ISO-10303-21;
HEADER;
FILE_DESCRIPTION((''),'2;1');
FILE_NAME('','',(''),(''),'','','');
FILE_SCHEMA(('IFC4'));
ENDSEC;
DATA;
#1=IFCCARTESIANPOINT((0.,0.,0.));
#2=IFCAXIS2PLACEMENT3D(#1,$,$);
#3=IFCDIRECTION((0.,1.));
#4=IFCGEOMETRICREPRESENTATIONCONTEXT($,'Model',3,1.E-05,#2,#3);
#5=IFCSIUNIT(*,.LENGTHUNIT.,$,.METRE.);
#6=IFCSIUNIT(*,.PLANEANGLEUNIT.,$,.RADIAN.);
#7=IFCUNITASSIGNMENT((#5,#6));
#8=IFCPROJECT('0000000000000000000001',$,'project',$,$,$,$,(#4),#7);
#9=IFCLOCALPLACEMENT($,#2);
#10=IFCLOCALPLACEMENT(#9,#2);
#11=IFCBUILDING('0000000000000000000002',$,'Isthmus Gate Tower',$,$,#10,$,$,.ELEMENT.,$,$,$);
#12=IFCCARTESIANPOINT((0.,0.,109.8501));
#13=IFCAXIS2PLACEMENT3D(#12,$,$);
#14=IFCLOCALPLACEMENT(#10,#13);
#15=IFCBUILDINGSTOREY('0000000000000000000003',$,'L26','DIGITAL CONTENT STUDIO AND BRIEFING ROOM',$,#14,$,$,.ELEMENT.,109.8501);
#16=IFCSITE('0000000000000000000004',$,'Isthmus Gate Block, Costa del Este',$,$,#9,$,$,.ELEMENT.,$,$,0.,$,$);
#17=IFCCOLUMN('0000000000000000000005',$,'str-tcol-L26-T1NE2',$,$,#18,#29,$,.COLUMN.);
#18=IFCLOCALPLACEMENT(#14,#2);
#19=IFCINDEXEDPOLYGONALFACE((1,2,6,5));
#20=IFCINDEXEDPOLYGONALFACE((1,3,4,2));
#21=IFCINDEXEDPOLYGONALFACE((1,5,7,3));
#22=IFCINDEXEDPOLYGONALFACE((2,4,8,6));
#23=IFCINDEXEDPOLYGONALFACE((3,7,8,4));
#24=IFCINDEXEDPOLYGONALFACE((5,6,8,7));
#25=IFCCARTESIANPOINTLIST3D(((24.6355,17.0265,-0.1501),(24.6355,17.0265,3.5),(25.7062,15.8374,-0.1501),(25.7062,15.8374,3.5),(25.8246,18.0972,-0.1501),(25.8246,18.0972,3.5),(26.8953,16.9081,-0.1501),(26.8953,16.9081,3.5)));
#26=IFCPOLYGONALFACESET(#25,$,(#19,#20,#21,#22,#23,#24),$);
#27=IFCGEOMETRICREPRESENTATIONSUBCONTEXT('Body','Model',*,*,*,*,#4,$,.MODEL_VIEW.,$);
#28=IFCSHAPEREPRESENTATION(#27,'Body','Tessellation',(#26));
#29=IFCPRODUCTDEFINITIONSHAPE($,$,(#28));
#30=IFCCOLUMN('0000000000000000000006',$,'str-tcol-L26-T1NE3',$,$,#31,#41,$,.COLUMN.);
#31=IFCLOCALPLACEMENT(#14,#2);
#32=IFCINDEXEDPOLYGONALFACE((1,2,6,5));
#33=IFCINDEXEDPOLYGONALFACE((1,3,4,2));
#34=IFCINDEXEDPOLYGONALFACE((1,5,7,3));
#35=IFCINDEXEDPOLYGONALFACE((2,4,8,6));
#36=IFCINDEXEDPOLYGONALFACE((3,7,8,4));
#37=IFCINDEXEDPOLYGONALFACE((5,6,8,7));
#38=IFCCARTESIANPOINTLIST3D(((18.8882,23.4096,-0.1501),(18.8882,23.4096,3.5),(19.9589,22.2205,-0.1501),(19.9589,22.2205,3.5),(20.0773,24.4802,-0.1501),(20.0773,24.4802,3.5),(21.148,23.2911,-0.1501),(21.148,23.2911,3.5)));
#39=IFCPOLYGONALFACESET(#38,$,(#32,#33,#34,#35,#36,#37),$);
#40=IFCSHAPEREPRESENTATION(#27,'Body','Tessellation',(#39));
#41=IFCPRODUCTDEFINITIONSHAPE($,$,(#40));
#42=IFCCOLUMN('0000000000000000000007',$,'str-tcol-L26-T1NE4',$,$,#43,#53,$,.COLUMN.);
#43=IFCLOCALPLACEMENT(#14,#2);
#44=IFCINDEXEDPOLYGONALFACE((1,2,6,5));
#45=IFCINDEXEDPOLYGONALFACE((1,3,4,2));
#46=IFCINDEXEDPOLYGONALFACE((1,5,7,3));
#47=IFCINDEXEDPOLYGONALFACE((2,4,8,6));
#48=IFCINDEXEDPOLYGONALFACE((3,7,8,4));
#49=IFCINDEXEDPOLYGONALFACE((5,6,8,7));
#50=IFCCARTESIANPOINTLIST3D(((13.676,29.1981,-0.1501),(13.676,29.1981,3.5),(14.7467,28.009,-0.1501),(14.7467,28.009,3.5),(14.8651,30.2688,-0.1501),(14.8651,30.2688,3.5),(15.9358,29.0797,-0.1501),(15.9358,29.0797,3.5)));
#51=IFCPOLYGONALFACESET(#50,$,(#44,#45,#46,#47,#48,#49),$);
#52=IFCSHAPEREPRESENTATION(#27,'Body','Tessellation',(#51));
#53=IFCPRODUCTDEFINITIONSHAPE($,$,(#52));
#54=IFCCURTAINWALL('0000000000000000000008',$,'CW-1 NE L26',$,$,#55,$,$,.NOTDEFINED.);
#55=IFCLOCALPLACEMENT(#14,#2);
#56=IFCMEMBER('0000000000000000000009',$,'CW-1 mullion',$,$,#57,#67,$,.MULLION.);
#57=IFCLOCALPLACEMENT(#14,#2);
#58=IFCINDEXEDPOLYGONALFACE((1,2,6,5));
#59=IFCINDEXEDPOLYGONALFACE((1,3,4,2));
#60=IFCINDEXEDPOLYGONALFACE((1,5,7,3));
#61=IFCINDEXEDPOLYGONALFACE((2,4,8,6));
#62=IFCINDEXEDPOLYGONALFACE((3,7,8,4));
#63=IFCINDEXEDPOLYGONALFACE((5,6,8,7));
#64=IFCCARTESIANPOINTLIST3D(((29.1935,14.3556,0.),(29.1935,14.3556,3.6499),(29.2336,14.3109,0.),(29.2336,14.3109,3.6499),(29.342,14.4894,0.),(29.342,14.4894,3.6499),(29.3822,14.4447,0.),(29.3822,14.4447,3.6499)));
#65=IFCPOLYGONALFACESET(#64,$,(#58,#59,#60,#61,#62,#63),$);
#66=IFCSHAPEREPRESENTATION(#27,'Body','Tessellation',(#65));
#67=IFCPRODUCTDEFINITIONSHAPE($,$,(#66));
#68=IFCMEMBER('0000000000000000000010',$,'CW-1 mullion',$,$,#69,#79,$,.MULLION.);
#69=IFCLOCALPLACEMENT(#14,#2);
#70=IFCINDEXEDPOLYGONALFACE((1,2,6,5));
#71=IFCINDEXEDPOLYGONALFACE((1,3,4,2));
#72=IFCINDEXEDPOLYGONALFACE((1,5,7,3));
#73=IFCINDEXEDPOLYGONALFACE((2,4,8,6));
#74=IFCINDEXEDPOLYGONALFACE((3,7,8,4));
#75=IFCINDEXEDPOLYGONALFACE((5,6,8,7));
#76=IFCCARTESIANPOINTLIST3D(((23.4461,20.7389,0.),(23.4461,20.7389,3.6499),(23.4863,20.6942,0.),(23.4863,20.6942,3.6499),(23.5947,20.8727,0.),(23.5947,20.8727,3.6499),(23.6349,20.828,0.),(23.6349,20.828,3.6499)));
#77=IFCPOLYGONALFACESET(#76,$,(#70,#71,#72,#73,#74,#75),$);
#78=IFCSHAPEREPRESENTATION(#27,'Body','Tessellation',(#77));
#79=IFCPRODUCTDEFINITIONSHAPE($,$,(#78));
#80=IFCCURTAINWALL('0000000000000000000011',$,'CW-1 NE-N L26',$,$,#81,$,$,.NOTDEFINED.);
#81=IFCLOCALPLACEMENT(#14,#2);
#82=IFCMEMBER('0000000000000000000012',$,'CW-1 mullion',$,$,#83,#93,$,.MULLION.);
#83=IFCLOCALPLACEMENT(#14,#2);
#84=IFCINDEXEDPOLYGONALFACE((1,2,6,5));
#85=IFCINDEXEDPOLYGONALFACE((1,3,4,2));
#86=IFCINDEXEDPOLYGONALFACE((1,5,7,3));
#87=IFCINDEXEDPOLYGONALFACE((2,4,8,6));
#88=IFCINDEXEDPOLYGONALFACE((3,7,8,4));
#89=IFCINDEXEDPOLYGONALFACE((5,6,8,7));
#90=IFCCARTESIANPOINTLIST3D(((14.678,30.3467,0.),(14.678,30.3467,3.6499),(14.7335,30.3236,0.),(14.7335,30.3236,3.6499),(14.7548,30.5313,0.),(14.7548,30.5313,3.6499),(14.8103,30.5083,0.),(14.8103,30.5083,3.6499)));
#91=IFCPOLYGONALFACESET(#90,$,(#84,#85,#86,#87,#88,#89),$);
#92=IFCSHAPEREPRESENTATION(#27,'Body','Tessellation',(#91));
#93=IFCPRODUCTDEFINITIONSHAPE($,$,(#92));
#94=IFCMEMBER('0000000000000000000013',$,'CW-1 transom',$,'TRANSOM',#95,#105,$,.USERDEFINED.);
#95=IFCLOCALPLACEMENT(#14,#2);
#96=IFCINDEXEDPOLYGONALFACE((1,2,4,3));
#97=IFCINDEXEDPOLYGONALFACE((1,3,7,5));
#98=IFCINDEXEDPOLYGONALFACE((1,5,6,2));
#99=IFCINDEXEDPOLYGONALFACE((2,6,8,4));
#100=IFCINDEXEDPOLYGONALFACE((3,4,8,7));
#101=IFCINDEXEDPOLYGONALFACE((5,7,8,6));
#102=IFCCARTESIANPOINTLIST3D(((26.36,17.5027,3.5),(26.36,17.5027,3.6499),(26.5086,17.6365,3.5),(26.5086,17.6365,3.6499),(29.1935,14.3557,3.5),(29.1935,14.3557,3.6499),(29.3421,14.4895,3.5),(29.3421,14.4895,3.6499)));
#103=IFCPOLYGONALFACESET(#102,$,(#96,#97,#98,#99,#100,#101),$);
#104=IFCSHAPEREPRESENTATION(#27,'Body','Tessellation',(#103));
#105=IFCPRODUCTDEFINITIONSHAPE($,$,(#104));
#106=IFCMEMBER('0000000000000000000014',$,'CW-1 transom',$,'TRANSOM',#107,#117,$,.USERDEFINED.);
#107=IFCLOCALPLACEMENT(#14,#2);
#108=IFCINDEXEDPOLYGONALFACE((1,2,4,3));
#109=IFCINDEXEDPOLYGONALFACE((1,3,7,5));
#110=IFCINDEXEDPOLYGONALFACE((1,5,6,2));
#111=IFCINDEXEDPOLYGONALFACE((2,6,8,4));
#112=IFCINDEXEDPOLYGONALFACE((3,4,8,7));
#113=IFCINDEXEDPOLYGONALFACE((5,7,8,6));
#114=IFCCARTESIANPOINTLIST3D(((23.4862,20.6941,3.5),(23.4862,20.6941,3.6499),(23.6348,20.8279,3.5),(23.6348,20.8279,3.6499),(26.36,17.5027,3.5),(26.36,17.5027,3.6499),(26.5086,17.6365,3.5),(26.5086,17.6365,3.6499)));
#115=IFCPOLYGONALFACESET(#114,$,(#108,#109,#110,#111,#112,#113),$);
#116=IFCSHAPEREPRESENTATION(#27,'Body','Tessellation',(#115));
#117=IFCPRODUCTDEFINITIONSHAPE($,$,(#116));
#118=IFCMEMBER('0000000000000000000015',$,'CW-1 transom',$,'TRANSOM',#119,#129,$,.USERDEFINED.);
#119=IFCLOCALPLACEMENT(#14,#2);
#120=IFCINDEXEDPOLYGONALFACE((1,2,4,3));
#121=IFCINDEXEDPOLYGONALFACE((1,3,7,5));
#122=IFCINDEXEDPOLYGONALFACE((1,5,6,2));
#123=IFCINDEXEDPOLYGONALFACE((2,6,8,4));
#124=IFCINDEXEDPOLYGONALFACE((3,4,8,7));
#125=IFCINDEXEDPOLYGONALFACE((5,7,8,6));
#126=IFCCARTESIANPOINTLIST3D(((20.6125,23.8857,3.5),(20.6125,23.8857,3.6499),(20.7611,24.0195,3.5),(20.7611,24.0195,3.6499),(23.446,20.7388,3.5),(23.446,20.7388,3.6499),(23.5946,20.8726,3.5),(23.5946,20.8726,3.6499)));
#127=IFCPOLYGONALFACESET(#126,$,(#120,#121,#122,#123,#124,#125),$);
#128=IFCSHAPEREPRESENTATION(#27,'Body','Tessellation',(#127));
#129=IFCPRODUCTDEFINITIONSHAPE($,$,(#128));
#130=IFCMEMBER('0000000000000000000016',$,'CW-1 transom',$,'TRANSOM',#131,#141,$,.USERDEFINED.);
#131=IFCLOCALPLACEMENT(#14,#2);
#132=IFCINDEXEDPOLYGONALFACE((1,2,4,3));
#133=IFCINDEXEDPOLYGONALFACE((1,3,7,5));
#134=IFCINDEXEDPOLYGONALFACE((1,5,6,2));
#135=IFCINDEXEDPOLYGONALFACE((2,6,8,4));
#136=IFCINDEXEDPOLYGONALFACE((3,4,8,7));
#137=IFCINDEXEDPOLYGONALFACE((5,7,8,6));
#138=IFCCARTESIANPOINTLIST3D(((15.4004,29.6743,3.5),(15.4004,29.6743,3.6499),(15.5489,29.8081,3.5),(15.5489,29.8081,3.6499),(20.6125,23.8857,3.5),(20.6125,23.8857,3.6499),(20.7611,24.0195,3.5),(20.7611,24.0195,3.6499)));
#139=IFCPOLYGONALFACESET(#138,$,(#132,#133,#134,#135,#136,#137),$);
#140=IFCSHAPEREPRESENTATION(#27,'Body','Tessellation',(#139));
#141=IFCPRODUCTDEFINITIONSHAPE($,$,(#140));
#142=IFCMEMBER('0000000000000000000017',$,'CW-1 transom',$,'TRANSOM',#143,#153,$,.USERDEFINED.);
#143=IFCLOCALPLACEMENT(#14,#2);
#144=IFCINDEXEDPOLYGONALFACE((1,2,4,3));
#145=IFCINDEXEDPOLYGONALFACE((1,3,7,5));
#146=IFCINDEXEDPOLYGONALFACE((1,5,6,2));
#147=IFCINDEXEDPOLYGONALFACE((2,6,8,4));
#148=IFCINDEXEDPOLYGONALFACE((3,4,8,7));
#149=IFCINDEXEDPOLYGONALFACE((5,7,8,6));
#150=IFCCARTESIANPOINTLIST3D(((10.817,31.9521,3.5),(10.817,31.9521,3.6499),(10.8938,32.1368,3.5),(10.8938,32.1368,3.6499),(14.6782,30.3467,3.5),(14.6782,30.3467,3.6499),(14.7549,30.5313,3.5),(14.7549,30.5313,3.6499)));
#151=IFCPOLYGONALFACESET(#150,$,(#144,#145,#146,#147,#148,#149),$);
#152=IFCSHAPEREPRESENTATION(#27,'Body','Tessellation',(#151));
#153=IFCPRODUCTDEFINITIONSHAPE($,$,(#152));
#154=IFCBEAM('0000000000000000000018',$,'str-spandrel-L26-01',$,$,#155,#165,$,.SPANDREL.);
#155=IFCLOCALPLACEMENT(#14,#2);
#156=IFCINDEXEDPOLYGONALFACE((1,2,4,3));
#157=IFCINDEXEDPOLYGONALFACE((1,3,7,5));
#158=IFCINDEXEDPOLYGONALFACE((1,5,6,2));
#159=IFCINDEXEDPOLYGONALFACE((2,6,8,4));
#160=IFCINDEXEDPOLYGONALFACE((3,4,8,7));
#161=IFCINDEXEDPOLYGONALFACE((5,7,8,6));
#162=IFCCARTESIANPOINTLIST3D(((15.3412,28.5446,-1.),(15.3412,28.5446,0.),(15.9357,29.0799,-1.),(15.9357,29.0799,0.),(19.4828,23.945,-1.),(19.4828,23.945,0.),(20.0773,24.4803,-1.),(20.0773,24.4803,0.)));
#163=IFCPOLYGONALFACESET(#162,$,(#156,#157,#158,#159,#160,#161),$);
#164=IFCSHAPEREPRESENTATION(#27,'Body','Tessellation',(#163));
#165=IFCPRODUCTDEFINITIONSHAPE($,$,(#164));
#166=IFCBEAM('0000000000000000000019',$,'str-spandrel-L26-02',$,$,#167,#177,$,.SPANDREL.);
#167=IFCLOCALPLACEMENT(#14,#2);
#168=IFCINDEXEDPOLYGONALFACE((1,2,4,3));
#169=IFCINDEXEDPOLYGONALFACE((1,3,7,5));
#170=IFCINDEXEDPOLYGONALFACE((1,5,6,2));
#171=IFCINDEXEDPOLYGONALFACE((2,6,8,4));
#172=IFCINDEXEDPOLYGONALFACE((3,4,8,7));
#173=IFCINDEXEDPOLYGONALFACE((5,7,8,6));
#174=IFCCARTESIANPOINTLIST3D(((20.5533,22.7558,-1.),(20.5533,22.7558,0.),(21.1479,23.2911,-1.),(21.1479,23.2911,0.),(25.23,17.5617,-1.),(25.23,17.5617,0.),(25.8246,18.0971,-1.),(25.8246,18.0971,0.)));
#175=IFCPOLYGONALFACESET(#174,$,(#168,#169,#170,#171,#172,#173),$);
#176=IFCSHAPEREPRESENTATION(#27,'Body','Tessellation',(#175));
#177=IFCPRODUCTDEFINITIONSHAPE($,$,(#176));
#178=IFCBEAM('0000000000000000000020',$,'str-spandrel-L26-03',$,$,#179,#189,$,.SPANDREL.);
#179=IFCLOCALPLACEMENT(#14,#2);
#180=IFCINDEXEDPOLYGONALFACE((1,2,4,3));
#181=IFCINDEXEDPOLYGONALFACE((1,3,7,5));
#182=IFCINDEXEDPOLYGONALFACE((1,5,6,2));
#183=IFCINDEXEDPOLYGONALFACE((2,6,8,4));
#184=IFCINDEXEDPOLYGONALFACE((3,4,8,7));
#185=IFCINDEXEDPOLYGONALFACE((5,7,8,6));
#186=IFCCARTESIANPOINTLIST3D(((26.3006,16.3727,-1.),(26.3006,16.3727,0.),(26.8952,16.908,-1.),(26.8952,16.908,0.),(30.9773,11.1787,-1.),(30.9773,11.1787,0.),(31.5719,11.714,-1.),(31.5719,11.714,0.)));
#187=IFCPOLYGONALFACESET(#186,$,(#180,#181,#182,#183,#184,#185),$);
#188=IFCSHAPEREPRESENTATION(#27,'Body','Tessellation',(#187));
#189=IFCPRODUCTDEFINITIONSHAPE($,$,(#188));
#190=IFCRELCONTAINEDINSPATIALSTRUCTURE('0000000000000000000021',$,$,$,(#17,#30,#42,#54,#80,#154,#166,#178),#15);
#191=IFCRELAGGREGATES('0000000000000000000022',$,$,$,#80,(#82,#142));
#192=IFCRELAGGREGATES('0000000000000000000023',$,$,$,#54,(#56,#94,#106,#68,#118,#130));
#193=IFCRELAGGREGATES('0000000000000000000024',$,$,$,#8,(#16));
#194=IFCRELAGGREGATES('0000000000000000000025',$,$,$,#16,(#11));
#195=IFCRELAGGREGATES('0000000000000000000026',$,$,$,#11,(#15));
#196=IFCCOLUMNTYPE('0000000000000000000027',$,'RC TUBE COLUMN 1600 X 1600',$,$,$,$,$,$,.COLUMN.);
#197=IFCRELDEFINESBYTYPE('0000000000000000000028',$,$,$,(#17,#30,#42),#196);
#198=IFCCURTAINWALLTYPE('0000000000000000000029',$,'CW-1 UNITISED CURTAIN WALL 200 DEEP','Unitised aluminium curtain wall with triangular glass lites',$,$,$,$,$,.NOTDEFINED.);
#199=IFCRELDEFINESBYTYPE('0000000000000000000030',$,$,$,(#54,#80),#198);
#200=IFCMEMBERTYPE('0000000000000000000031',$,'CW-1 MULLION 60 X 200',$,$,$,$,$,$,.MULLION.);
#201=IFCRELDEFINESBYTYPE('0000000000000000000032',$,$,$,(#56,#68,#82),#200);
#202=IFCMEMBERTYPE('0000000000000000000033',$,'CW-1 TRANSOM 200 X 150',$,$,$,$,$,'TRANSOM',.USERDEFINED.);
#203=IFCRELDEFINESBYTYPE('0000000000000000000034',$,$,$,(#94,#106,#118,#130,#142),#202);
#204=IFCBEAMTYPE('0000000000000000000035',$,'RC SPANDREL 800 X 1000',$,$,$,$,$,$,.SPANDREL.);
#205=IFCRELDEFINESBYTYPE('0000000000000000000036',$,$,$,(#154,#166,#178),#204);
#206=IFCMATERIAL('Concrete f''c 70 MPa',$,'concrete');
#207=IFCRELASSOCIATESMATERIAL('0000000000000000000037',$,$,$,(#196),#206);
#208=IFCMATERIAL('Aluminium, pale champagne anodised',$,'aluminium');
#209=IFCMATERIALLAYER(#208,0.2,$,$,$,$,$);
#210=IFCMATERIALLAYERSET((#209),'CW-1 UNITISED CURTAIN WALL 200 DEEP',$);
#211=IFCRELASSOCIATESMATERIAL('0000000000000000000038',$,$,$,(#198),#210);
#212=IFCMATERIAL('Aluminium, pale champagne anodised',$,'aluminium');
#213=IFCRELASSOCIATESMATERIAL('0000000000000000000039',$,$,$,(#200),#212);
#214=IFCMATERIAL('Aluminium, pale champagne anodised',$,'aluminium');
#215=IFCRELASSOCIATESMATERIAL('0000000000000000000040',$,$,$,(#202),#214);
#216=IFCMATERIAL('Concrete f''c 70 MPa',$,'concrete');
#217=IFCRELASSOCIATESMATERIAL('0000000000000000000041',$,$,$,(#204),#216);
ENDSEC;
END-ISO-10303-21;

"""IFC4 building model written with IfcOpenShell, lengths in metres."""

from ifc_helpers import new_model, si_unit, direction, frame, origin, origin_2d, place, context, subcontext, project, spatial, rectangle, extrude, material, layer, layer_set, material_profile, profile_set, type_object, element, aggregate, save


model = new_model("IFC4")

# Units and contexts
model_context = context("Model", 3, precision=1e-05, world=origin(), true_north=direction((0.0, 1.0)))
body_context = subcontext(model_context, "Body", "Model", "MODEL_VIEW")
ifc_project = project(units=[si_unit("LENGTHUNIT", "METRE"), si_unit("PLANEANGLEUNIT", "RADIAN")], contexts=[model_context])

# Site, building, storey
site_placement = place(None, origin())
site = spatial("IfcSite", under=ifc_project, at=site_placement, Name="Isthmus Gate Block, Costa del Este", CompositionType="ELEMENT", RefElevation=0.0)
building_placement = place(site_placement, origin())
building = spatial("IfcBuilding", under=site, at=building_placement, Name="Isthmus Gate Tower", CompositionType="ELEMENT")
storey_placement = place(building_placement, frame((0.0, 0.0, 109.8501)))
storey = spatial("IfcBuildingStorey", under=building, at=storey_placement, Name="L26", Description="DIGITAL CONTENT STUDIO AND BRIEFING ROOM", CompositionType="ELEMENT", Elevation=109.8501)

# Columns
ifc_material_1 = material(Name="Concrete f'c 70 MPa", Category="concrete")
ifc_material_profile_1 = material_profile(ifc_material_1, rectangle(XDim=1.6001, YDim=1.6001, at=origin_2d()), Name="RC 1600X1600")
ifc_profile_set_1 = profile_set([ifc_material_profile_1], Name="Concrete f'c 70 MPa")
column_type = type_object("IfcColumnType", Name="RC TUBE COLUMN 1600 X 1600", PredefinedType="COLUMN", material=ifc_profile_set_1)
for number, where, z_axis, x_axis, name in (
    (1, (25.7654, 16.9673, -0.1501), (0.0, 0.0, 1.0), (-0.669131, 0.743145, 0.0), "str-tcol-L26-T1NE2"),
    (2, (20.0181, 23.3503, -0.1501), (0.0, 0.0, 1.0), (-0.669131, 0.743145, 0.0), "str-tcol-L26-T1NE3"),
    (3, (14.8059, 29.1389, -0.1501), (0.0, 0.0, 1.0), (-0.669131, 0.743145, 0.0), "str-tcol-L26-T1NE4"),
):
    element("IfcColumn", number, at=place(storey_placement, frame(where, z_axis=z_axis, x_axis=x_axis)), inside=storey, type_object=column_type, Name=name, PredefinedType="COLUMN", context=body_context, shape_type="SweptSolid", body=[
        extrude(rectangle(XDim=1.6001, YDim=1.6001, at=origin_2d()), origin(), (0.0, 0.0, 1.0), 3.6501),
    ])

# Curtain wall, members
ifc_material_2 = material(Name="Aluminium, pale champagne anodised", Category="aluminium")
ifc_layer_1 = layer(ifc_material_2, 0.2)
ifc_layer_set_1 = layer_set([ifc_layer_1], Name="CW-1 UNITISED CURTAIN WALL 200 DEEP")
curtain_wall_type = type_object("IfcCurtainWallType", Name="CW-1 UNITISED CURTAIN WALL 200 DEEP", Description="Unitised aluminium curtain wall with triangular glass lites", PredefinedType="NOTDEFINED", material=ifc_layer_set_1)
curtain_wall_1_placement = place(storey_placement, origin())
curtain_wall_1 = element("IfcCurtainWall", 4, at=curtain_wall_1_placement, inside=storey, type_object=curtain_wall_type, Name="CW-1 NE L26", PredefinedType="NOTDEFINED")
ifc_material_3 = material(Name="Aluminium, pale champagne anodised", Category="aluminium")
ifc_material_profile_2 = material_profile(ifc_material_3, rectangle(XDim=0.0601, YDim=0.2, at=origin_2d()), Name="60x200")
ifc_profile_set_2 = profile_set([ifc_material_profile_2], Name="Aluminium, pale champagne anodised")
member_type_1 = type_object("IfcMemberType", Name="CW-1 MULLION 60 X 200", PredefinedType="MULLION", material=ifc_profile_set_2)
member_1_placement = place(storey_placement, frame((29.2878, 14.4001, 0.0), z_axis=(0.0, 0.0, 1.0), x_axis=(-0.669131, 0.743145, 0.0)))
member_1 = element("IfcMember", 5, at=member_1_placement, type_object=member_type_1, Name="CW-1 mullion", PredefinedType="MULLION", context=body_context, shape_type="SweptSolid", body=[
    extrude(rectangle(XDim=0.0601, YDim=0.2, at=origin_2d()), origin(), (0.0, 0.0, 1.0), 3.6499),
])
member_2_placement = place(storey_placement, frame((23.5405, 20.7834, 0.0), z_axis=(0.0, 0.0, 1.0), x_axis=(-0.669131, 0.743145, 0.0)))
member_2 = element("IfcMember", 6, at=member_2_placement, type_object=member_type_1, Name="CW-1 mullion", PredefinedType="MULLION", context=body_context, shape_type="SweptSolid", body=[
    extrude(rectangle(XDim=0.0601, YDim=0.2, at=origin_2d()), origin(), (0.0, 0.0, 1.0), 3.6499),
])

# Curtain wall, member
curtain_wall_2_placement = place(storey_placement, origin())
curtain_wall_2 = element("IfcCurtainWall", 7, at=curtain_wall_2_placement, inside=storey, type_object=curtain_wall_type, Name="CW-1 NE-N L26", PredefinedType="NOTDEFINED")
member_3_placement = place(storey_placement, frame((14.7441, 30.4275, 0.0), z_axis=(0.0, 0.0, 1.0), x_axis=(-0.923353, 0.383952, 0.0)))
member_3 = element("IfcMember", 8, at=member_3_placement, type_object=member_type_1, Name="CW-1 mullion", PredefinedType="MULLION", context=body_context, shape_type="SweptSolid", body=[
    extrude(rectangle(XDim=0.0601, YDim=0.2, at=origin_2d()), origin(), (0.0, 0.0, 1.0), 3.6499),
])

# Members
ifc_material_4 = material(Name="Aluminium, pale champagne anodised", Category="aluminium")
ifc_material_profile_3 = material_profile(ifc_material_4, rectangle(XDim=0.2, YDim=0.1499, at=origin_2d()), Name="200x150")
ifc_profile_set_3 = profile_set([ifc_material_profile_3], Name="Aluminium, pale champagne anodised")
member_type_2 = type_object("IfcMemberType", Name="CW-1 TRANSOM 200 X 150", ElementType="TRANSOM", PredefinedType="USERDEFINED", material=ifc_profile_set_3)
member_4_placement = place(storey_placement, frame((29.2678, 14.4226, 3.575), z_axis=(-0.669124, 0.743151, 0.0), x_axis=(-0.743151, -0.669124, 0.0)))
member_4 = element("IfcMember", 9, at=member_4_placement, type_object=member_type_2, Name="CW-1 transom", ObjectType="TRANSOM", PredefinedType="USERDEFINED", context=body_context, shape_type="SweptSolid", body=[
    extrude(rectangle(XDim=0.2, YDim=0.1499, at=origin_2d()), origin(), (0.0, 0.0, 1.0), 4.2346),
])
member_5_placement = place(storey_placement, frame((26.4343, 17.5696, 3.575), z_axis=(-0.669159, 0.743119, 0.0), x_axis=(-0.743119, -0.669159, 0.0)))
member_5 = element("IfcMember", 10, at=member_5_placement, type_object=member_type_2, Name="CW-1 transom", ObjectType="TRANSOM", PredefinedType="USERDEFINED", context=body_context, shape_type="SweptSolid", body=[
    extrude(rectangle(XDim=0.2, YDim=0.1499, at=origin_2d()), origin(), (0.0, 0.0, 1.0), 4.2947),
])
member_6_placement = place(storey_placement, frame((23.5203, 20.8057, 3.575), z_axis=(-0.669124, 0.743151, 0.0), x_axis=(-0.743151, -0.669124, 0.0)))
member_6 = element("IfcMember", 11, at=member_6_placement, type_object=member_type_2, Name="CW-1 transom", ObjectType="TRANSOM", PredefinedType="USERDEFINED", context=body_context, shape_type="SweptSolid", body=[
    extrude(rectangle(XDim=0.2, YDim=0.1499, at=origin_2d()), origin(), (0.0, 0.0, 1.0), 4.2346),
])
member_7_placement = place(storey_placement, frame((20.6868, 23.9526, 3.575), z_axis=(-0.669138, 0.743138, 0.0), x_axis=(-0.743138, -0.669138, 0.0)))
member_7 = element("IfcMember", 12, at=member_7_placement, type_object=member_type_2, Name="CW-1 transom", ObjectType="TRANSOM", PredefinedType="USERDEFINED", context=body_context, shape_type="SweptSolid", body=[
    extrude(rectangle(XDim=0.2, YDim=0.1499, at=origin_2d()), origin(), (0.0, 0.0, 1.0), 7.7893),
])
member_8_placement = place(storey_placement, frame((14.7166, 30.439, 3.575), z_axis=(-0.923358, 0.38394, 0.0), x_axis=(-0.38394, -0.923358, 0.0)))
member_8 = element("IfcMember", 13, at=member_8_placement, type_object=member_type_2, Name="CW-1 transom", ObjectType="TRANSOM", PredefinedType="USERDEFINED", context=body_context, shape_type="SweptSolid", body=[
    extrude(rectangle(XDim=0.2, YDim=0.1499, at=origin_2d()), origin(), (0.0, 0.0, 1.0), 4.1816),
])
aggregate(curtain_wall_2, [member_3, member_8])

# Beams
ifc_material_5 = material(Name="Concrete f'c 70 MPa", Category="concrete")
ifc_material_profile_4 = material_profile(ifc_material_5, rectangle(XDim=0.8, YDim=1.0, at=origin_2d()), Name="RC 800X1000")
ifc_profile_set_4 = profile_set([ifc_material_profile_4], Name="Concrete f'c 70 MPa")
beam_type_1 = type_object("IfcBeamType", Name="RC SPANDREL 800 X 1000", PredefinedType="SPANDREL", material=ifc_profile_set_4)
beam_1_placement = place(storey_placement, frame((15.6384, 28.8123, -0.5), z_axis=(0.669139, -0.743137, 0.0), x_axis=(0.743137, 0.669139, 0.0)))
element("IfcBeam", 14, at=beam_1_placement, inside=storey, type_object=beam_type_1, Name="str-spandrel-L26-01", PredefinedType="SPANDREL", context=body_context, shape_type="SweptSolid", body=[
    extrude(rectangle(XDim=0.8, YDim=1.0, at=origin_2d()), origin(), (0.0, 0.0, 1.0), 6.1895),
])
for number, where, z_axis, x_axis, name in (
    (15, (20.8506, 23.0234, -0.5), (0.669129, -0.743146, 0.0), (0.743146, 0.669129, 0.0), "str-spandrel-L26-02"),
    (16, (26.5979, 16.6404, -0.5), (0.669129, -0.743146, 0.0), (0.743146, 0.669129, 0.0), "str-spandrel-L26-03"),
):
    element("IfcBeam", number, at=place(storey_placement, frame(where, z_axis=z_axis, x_axis=x_axis)), inside=storey, type_object=beam_type_1, Name=name, PredefinedType="SPANDREL", context=body_context, shape_type="SweptSolid", body=[
        extrude(rectangle(XDim=0.8, YDim=1.0, at=origin_2d()), origin(), (0.0, 0.0, 1.0), 6.9893),
    ])

aggregate(curtain_wall_1, [member_1, member_4, member_5, member_2, member_6, member_7])

save(model, "model.ifc")
